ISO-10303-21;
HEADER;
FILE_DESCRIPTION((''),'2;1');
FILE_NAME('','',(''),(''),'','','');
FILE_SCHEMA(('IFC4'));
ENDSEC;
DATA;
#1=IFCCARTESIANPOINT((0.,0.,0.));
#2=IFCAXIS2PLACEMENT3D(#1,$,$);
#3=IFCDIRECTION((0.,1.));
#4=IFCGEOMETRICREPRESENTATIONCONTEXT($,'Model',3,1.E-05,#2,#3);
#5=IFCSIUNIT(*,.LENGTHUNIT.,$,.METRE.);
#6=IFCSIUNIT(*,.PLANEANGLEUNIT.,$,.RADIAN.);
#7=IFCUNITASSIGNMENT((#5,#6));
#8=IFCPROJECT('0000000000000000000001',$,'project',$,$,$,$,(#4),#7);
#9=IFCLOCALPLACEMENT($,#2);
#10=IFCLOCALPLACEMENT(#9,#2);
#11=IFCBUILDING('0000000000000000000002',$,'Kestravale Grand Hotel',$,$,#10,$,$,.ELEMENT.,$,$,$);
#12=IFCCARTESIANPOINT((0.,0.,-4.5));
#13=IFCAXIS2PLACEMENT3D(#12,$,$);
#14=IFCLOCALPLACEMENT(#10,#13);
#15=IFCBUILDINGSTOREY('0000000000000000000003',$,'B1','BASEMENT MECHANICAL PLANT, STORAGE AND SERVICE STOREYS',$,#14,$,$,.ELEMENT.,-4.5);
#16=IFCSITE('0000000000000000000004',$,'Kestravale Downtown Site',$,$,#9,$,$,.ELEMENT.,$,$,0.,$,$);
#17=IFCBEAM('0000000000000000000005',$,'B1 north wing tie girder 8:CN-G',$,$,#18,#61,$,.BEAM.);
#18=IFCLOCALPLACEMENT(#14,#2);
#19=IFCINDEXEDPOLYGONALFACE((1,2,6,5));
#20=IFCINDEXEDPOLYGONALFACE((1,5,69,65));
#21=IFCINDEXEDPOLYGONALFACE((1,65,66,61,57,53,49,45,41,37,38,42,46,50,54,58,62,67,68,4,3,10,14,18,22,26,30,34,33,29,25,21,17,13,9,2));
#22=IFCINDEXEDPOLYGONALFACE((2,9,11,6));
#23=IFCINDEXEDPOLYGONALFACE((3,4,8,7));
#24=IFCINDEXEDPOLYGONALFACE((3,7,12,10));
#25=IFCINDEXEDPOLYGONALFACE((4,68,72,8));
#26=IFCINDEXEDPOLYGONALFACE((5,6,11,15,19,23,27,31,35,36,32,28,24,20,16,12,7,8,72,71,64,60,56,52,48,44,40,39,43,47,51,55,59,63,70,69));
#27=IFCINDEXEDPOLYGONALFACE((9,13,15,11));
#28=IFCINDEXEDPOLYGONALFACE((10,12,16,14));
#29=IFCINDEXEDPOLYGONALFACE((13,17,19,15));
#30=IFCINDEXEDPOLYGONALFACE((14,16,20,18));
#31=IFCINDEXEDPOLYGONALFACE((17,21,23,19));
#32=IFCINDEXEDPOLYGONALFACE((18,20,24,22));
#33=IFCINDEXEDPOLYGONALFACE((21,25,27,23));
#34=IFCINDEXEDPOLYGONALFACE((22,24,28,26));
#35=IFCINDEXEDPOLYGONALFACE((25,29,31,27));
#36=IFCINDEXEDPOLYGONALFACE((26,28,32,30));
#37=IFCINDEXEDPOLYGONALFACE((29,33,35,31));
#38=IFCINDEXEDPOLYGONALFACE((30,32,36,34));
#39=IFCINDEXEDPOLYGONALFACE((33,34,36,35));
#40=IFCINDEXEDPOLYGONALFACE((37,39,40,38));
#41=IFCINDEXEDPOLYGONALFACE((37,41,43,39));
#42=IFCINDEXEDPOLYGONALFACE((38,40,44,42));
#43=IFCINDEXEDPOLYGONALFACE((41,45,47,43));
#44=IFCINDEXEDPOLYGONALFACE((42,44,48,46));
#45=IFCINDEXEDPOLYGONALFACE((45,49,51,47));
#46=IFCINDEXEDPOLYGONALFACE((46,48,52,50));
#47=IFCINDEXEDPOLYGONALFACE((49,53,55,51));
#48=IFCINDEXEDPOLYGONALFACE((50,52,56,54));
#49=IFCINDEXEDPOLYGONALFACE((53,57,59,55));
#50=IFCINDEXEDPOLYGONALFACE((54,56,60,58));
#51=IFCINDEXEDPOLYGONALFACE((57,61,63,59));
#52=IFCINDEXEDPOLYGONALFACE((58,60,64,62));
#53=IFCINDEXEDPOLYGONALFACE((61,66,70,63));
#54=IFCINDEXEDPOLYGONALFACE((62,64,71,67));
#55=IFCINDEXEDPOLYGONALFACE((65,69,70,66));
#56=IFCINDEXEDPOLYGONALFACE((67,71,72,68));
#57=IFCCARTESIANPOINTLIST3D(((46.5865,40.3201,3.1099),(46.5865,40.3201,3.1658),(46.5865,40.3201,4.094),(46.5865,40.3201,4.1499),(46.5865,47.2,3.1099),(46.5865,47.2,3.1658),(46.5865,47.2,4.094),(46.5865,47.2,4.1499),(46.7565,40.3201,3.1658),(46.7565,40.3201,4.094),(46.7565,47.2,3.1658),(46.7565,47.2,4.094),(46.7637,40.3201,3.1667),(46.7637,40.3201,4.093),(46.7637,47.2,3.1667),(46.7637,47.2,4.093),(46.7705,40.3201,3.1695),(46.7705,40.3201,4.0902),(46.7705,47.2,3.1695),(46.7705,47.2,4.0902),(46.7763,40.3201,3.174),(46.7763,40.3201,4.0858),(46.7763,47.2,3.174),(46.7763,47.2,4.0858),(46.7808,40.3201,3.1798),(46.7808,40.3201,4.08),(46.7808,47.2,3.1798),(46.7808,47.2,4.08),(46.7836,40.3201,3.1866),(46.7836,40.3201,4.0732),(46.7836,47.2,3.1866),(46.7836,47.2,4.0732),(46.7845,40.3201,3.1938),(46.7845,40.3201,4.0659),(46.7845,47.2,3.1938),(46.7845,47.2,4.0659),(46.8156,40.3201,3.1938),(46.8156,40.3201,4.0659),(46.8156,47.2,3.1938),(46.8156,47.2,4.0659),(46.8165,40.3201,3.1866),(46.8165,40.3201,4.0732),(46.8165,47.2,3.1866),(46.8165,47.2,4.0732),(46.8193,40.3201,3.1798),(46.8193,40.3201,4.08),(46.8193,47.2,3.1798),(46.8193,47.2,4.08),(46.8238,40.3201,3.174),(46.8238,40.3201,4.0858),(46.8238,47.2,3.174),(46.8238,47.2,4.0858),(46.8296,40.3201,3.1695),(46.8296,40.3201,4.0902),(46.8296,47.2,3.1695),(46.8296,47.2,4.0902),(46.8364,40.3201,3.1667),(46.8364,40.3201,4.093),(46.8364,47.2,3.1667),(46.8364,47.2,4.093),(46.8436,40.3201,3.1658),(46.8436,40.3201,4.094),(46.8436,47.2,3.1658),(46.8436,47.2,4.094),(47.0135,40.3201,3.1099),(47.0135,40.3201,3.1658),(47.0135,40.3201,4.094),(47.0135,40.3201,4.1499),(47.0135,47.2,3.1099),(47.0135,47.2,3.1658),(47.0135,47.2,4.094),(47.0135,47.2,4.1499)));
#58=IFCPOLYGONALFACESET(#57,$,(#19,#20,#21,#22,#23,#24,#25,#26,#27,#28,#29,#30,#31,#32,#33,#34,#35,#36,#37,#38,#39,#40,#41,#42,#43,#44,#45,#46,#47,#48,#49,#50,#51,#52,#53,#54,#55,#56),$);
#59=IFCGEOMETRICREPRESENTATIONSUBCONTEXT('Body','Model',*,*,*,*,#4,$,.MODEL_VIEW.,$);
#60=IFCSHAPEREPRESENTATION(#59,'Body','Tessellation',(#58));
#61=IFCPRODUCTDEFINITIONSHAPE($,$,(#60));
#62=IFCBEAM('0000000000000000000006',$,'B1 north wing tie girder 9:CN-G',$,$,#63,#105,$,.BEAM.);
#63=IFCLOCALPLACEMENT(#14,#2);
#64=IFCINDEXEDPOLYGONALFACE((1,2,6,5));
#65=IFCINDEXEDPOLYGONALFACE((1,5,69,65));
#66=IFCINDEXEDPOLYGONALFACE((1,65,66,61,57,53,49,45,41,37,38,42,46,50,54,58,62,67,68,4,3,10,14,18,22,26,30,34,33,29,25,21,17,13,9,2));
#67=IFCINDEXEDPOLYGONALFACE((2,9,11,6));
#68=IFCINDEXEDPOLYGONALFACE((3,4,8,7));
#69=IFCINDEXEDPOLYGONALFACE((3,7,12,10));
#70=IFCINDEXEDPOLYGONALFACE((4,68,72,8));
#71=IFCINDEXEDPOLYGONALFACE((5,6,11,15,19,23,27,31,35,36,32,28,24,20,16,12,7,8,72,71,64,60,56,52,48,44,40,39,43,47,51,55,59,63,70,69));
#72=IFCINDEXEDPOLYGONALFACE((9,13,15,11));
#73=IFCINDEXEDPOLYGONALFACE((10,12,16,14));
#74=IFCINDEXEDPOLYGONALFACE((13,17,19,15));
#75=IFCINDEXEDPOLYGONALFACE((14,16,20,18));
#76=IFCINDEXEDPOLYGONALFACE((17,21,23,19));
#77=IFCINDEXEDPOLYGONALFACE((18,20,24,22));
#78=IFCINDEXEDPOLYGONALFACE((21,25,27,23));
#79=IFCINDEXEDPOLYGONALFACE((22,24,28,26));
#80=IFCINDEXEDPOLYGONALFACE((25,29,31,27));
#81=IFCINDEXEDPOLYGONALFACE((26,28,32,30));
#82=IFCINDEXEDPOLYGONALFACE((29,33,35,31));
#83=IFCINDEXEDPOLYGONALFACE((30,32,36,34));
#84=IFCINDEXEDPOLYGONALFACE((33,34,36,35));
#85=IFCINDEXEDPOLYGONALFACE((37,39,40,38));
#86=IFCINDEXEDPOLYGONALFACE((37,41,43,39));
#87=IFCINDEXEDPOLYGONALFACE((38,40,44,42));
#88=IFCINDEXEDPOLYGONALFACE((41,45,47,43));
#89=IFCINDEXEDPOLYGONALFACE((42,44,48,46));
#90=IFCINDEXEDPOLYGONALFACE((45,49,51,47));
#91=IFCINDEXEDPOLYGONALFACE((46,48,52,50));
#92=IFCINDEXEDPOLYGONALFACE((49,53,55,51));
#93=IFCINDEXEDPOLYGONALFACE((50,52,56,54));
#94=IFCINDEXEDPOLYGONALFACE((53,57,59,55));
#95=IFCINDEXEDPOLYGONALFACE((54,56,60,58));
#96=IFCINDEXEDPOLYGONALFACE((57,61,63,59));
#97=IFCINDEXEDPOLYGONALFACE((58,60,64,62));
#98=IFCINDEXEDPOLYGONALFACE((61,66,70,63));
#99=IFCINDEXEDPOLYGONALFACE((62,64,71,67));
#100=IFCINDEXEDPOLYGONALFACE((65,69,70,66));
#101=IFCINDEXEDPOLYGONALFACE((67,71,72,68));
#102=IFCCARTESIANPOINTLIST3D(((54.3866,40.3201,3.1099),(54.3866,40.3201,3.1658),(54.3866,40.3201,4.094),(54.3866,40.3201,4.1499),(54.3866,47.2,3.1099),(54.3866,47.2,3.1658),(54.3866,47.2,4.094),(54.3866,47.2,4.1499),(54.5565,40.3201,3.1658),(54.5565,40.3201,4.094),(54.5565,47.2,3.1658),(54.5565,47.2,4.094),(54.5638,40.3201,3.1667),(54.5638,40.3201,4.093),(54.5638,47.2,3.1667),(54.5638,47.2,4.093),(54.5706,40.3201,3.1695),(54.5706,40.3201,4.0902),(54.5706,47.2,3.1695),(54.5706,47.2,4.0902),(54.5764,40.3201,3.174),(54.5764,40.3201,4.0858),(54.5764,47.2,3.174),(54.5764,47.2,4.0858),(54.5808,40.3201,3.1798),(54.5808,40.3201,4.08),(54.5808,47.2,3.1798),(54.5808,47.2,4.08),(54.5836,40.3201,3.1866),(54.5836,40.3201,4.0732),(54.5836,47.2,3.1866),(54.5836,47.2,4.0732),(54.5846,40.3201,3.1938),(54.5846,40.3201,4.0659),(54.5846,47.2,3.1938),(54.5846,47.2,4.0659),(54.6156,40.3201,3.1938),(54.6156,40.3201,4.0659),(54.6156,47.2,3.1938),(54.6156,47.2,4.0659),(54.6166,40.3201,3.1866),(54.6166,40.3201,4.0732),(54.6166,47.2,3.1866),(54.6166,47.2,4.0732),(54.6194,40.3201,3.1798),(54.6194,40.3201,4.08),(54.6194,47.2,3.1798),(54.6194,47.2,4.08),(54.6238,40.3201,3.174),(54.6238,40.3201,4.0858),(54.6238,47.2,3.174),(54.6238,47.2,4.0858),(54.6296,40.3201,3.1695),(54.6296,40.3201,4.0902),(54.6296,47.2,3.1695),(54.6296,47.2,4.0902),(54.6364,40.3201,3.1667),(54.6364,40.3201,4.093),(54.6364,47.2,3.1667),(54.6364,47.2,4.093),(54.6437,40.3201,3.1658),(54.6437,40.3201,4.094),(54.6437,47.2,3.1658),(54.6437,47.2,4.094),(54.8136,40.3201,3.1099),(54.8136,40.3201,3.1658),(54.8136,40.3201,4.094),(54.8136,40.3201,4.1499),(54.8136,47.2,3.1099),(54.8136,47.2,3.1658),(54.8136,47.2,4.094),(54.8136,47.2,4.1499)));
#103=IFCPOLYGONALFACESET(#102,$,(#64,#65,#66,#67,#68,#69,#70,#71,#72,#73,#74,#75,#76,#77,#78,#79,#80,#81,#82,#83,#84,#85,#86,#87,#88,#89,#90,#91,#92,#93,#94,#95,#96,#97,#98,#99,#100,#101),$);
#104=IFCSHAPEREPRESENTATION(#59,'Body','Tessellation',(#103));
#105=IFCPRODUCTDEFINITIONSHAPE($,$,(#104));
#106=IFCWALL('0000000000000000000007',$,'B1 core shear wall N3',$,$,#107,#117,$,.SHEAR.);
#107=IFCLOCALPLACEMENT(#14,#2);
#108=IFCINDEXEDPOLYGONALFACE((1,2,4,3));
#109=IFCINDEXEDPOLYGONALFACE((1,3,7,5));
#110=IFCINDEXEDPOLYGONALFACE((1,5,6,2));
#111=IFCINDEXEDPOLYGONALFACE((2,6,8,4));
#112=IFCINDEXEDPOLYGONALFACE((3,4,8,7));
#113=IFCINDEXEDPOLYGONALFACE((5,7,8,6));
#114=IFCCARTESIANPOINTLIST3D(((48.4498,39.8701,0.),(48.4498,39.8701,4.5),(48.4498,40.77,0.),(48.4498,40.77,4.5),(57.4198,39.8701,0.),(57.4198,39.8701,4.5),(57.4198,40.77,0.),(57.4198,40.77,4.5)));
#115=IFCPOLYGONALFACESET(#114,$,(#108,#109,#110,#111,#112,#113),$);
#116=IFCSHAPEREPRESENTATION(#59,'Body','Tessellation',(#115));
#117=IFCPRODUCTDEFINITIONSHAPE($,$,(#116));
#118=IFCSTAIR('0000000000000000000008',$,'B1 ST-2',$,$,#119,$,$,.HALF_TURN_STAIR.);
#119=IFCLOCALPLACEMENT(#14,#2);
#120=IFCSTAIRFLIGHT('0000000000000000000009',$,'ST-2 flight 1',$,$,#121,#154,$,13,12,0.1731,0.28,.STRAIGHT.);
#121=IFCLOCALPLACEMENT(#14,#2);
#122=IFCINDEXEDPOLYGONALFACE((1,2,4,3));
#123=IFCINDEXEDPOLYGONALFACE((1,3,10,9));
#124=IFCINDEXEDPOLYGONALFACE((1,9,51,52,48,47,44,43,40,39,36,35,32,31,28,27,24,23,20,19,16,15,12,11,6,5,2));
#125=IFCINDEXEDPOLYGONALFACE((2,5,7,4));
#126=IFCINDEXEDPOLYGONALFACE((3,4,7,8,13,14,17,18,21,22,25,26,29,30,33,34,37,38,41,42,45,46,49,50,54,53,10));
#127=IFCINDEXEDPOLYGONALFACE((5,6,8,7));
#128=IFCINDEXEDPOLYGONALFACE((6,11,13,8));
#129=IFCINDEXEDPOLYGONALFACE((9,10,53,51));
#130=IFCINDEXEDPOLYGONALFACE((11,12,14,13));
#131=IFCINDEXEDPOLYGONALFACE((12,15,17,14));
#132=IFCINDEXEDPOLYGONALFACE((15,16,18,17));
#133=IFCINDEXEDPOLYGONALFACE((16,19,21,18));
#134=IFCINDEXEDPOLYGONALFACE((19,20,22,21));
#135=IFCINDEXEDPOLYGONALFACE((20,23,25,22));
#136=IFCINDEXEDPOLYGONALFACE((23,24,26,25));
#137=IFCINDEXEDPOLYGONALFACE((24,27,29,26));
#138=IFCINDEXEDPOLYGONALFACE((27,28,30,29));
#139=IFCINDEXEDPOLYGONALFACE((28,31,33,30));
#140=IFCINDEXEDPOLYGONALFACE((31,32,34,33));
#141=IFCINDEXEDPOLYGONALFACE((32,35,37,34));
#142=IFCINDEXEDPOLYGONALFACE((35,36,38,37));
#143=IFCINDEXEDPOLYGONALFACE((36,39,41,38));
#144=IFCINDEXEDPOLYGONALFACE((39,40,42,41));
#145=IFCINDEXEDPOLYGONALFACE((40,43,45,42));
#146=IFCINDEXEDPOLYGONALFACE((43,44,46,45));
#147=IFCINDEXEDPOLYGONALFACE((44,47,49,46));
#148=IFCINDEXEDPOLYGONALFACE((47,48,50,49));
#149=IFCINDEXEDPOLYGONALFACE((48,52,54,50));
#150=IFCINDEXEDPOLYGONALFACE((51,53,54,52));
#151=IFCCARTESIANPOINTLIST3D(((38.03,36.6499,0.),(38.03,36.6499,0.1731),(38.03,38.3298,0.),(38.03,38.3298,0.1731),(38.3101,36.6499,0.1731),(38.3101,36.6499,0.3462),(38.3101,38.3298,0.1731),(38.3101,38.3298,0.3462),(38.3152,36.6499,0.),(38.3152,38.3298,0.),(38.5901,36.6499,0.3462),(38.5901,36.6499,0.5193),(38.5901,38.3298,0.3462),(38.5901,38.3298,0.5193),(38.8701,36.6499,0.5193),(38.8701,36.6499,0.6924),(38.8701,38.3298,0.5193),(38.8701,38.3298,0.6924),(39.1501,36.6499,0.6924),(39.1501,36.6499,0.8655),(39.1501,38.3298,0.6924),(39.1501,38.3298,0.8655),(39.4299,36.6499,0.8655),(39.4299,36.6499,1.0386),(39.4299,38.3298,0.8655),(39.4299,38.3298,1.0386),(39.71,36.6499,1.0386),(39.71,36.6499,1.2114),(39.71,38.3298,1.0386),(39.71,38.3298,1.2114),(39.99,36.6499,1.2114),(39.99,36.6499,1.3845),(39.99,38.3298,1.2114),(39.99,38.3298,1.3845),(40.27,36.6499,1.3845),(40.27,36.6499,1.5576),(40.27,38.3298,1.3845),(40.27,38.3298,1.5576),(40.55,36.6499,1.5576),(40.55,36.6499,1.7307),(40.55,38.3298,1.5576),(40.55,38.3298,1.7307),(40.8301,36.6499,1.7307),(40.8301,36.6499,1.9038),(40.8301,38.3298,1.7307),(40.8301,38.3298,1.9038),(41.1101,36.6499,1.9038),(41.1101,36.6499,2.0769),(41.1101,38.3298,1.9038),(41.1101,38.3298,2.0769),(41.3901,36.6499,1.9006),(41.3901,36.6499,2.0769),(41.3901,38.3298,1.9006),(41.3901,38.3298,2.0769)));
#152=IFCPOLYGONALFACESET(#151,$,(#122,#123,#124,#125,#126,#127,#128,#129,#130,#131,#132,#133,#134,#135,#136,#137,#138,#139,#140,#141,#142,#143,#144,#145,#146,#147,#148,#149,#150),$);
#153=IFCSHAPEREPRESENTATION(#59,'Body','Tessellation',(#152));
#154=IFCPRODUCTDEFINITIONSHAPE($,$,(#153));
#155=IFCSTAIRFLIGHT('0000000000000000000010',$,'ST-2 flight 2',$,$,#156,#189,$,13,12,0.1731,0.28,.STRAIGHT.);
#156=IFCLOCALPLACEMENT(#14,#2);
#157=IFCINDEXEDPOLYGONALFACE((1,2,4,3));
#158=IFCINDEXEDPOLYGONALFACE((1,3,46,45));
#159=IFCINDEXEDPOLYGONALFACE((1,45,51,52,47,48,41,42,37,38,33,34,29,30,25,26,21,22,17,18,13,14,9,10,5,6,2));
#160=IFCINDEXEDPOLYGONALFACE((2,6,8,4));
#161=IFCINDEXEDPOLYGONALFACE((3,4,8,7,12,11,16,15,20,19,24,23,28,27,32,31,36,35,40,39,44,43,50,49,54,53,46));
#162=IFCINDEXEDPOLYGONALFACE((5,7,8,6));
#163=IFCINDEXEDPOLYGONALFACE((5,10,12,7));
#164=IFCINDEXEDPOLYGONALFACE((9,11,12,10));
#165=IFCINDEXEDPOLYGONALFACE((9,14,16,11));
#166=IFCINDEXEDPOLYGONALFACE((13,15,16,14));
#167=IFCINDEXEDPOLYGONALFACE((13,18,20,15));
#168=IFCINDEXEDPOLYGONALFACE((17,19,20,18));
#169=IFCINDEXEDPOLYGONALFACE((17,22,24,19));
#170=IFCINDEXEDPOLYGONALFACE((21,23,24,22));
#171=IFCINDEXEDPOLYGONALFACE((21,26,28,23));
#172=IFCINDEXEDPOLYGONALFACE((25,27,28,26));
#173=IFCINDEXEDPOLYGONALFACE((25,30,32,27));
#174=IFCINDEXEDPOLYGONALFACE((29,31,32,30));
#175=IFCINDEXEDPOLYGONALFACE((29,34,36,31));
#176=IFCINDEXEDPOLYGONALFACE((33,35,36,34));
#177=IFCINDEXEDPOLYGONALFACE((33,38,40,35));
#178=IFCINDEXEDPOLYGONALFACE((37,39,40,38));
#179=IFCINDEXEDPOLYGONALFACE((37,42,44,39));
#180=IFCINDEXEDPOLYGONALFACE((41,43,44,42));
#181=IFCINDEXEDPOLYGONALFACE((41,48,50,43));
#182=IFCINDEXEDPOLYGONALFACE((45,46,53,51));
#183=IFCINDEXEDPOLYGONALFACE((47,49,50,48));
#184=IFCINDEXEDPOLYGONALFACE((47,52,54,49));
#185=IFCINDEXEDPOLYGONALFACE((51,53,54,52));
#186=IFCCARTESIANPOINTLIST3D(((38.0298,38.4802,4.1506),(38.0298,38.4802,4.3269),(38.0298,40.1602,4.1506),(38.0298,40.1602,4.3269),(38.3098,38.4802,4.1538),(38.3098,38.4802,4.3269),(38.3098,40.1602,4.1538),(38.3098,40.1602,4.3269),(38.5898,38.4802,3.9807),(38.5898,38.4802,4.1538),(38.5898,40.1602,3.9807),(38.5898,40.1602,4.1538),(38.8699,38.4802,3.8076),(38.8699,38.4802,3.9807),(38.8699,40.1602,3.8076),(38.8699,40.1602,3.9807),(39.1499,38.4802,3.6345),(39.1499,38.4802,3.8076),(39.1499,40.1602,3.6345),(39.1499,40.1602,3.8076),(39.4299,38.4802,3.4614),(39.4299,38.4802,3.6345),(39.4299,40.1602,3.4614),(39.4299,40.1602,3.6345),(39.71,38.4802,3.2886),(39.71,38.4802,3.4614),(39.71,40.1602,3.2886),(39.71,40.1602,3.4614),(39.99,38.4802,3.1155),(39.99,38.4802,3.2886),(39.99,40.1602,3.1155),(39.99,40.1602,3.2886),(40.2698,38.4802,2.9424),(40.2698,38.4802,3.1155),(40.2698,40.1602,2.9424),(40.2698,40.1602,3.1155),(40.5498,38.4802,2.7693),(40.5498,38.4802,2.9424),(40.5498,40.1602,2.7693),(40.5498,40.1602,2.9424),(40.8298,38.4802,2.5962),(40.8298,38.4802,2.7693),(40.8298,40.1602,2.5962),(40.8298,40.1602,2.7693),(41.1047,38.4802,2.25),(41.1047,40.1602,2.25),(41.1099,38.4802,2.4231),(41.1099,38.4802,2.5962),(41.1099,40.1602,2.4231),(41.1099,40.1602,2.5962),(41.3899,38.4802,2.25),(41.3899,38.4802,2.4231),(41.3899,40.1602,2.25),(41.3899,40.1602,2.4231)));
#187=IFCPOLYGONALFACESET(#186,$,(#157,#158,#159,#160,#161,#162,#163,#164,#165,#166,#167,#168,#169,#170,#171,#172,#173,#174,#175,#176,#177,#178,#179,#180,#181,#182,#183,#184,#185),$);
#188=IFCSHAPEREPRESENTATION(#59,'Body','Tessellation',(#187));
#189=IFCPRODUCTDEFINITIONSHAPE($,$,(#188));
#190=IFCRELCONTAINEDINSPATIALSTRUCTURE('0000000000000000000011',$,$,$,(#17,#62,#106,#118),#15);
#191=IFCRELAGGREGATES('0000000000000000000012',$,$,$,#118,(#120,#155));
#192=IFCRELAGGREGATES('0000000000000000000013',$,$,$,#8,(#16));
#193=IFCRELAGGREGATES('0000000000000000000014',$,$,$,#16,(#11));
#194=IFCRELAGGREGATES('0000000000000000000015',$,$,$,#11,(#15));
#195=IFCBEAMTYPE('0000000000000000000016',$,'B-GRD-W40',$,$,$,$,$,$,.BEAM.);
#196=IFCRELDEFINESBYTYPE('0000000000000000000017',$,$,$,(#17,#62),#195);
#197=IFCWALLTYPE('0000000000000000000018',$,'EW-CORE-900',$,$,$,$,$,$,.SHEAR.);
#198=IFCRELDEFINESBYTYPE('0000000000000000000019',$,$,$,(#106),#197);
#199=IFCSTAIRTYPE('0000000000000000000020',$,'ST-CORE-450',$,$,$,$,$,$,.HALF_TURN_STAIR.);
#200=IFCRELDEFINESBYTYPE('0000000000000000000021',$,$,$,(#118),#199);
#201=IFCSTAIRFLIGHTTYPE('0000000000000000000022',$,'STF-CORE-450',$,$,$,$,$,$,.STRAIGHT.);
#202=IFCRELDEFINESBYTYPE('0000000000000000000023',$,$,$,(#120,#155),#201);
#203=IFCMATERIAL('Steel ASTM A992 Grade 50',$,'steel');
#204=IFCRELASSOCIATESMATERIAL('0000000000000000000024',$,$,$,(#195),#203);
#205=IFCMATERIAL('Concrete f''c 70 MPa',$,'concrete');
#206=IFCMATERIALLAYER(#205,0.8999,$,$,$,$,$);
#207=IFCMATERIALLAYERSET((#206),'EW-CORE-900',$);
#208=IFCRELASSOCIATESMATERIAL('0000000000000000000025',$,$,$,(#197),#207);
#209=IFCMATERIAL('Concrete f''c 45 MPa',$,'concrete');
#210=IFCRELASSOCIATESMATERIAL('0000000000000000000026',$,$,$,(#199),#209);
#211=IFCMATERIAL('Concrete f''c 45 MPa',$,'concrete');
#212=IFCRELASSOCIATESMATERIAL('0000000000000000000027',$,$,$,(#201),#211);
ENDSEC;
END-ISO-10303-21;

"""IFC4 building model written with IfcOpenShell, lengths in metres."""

from ifc_helpers import new_model, si_unit, direction, frame, frame_2d, origin, origin_2d, place, context, subcontext, project, spatial, polyline, rectangle, i_section, outline, extrude, material, layer, layer_set, material_profile, profile_set, type_object, element, aggregate, save


model = new_model("IFC4")

# Units and contexts
model_context = context("Model", 3, precision=1e-05, world=origin(), true_north=direction((0.0, 1.0)))
body_context = subcontext(model_context, "Body", "Model", "MODEL_VIEW")
ifc_project = project(units=[si_unit("LENGTHUNIT", "METRE"), si_unit("PLANEANGLEUNIT", "RADIAN")], contexts=[model_context])

# Site, building, storey
site_placement = place(None, origin())
site = spatial("IfcSite", under=ifc_project, at=site_placement, Name="Kestravale Downtown Site", CompositionType="ELEMENT", RefElevation=0.0)
building_placement = place(site_placement, origin())
building = spatial("IfcBuilding", under=site, at=building_placement, Name="Kestravale Grand Hotel", CompositionType="ELEMENT")
storey_placement = place(building_placement, frame((0.0, 0.0, -4.5)))
storey = spatial("IfcBuildingStorey", under=building, at=storey_placement, Name="B1", Description="BASEMENT MECHANICAL PLANT, STORAGE AND SERVICE STOREYS", CompositionType="ELEMENT", Elevation=-4.5)

# Beams
ifc_material_1 = material(Name="Steel ASTM A992 Grade 50", Category="steel")
ifc_material_profile_1 = material_profile(ifc_material_1, i_section(OverallWidth=0.427, OverallDepth=1.04, WebThickness=0.031, FlangeThickness=0.0559, FilletRadius=0.0281, at=origin_2d()))
ifc_profile_set_1 = profile_set([ifc_material_profile_1], Name="Steel ASTM A992 Grade 50")
beam_type = type_object("IfcBeamType", Name="B-GRD-W40", PredefinedType="BEAM", material=ifc_profile_set_1)
for number, where, z_axis, x_axis, name in (
    (1, (46.8, 40.3201, 3.6299), (0.0, 1.0, 0.0), (-1.0, 0.0, 0.0), "B1 north wing tie girder 8:CN-G"),
    (2, (54.6001, 40.3201, 3.6299), (0.0, 1.0, 0.0), (-1.0, 0.0, 0.0), "B1 north wing tie girder 9:CN-G"),
):
    element("IfcBeam", number, at=place(storey_placement, frame(where, z_axis=z_axis, x_axis=x_axis)), inside=storey, type_object=beam_type, Name=name, PredefinedType="BEAM", context=body_context, shape_type="SweptSolid", body=[
        extrude(i_section(OverallWidth=0.427, OverallDepth=1.04, WebThickness=0.031, FlangeThickness=0.0559, FilletRadius=0.0281, at=origin_2d()), origin(), (0.0, 0.0, 1.0), 6.8799),
    ])

# Wall
ifc_material_2 = material(Name="Concrete f'c 70 MPa", Category="concrete")
ifc_layer = layer(ifc_material_2, 0.8999)
ifc_layer_set = layer_set([ifc_layer], Name="EW-CORE-900")
wall_type = type_object("IfcWallType", Name="EW-CORE-900", PredefinedType="SHEAR", material=ifc_layer_set)
wall_placement = place(storey_placement, frame((48.45, 40.3201, 0.0), z_axis=(0.0, 0.0, 1.0), x_axis=(1.0, 0.0, 0.0)))
element("IfcWall", 3, at=wall_placement, inside=storey, type_object=wall_type, Name="B1 core shear wall N3", PredefinedType="SHEAR", context=body_context, shape_type="SweptSolid", body=[
    extrude(rectangle(XDim=8.97, YDim=0.8999, at=frame_2d((4.4849, 0.0))), origin(), (0.0, 0.0, 1.0), 4.5),
])

# Stair, stair flights
ifc_material_3 = material(Name="Concrete f'c 45 MPa", Category="concrete")
stair_type = type_object("IfcStairType", Name="ST-CORE-450", PredefinedType="HALF_TURN_STAIR", material=ifc_material_3)
stair_1_placement = place(storey_placement, origin())
stair_1 = element("IfcStair", 4, at=stair_1_placement, inside=storey, type_object=stair_type, Name="B1 ST-2", PredefinedType="HALF_TURN_STAIR")
ifc_material_4 = material(Name="Concrete f'c 45 MPa", Category="concrete")
stair_flight_type = type_object("IfcStairFlightType", Name="STF-CORE-450", PredefinedType="STRAIGHT", material=ifc_material_4)
stair_flight_1_placement = place(storey_placement, frame((38.03, 37.49, 0.0), z_axis=(0.0, 0.0, 1.0), x_axis=(1.0, 0.0, 0.0)))
stair_flight_1 = element("IfcStairFlight", 5, at=stair_flight_1_placement, type_object=stair_flight_type, Name="ST-2 flight 1", NumberOfRisers=13, NumberOfTreads=12, PredefinedType="STRAIGHT", RiserHeight=0.1731, TreadLength=0.28, context=body_context, shape_type="SweptSolid", body=[
    extrude(outline(polyline([(0.0, 0.0), (0.0, 0.1731), (0.28, 0.1731), (0.28, 0.3462), (0.5601, 0.3462), (0.5601, 0.5193), (0.8401, 0.5193), (0.8401, 0.6924), (1.1201, 0.6924), (1.1201, 0.8655), (1.3999, 0.8655), (1.3999, 1.0386), (1.6799, 1.0386), (1.6799, 1.2114), (1.96, 1.2114), (1.96, 1.3845), (2.24, 1.3845), (2.24, 1.5576), (2.52, 1.5576), (2.52, 1.7307), (2.8, 1.7307), (2.8, 1.9038), (3.0801, 1.9038), (3.0801, 2.0769), (3.3601, 2.0769), (3.3601, 2.25), (3.3601, 1.9006), (0.2852, 0.0), (0.0, 0.0)])), frame((0.0, 0.8398, 0.0), z_axis=(0.0, -1.0, 0.0), x_axis=(1.0, 0.0, 0.0)), (0.0, 0.0, 1.0), 1.6799),
])
stair_flight_2_placement = place(storey_placement, frame((41.3899, 39.3201, 2.25), z_axis=(0.0, 0.0, 1.0), x_axis=(-1.0, 0.0, 0.0)))
stair_flight_2 = element("IfcStairFlight", 6, at=stair_flight_2_placement, type_object=stair_flight_type, Name="ST-2 flight 2", NumberOfRisers=13, NumberOfTreads=12, PredefinedType="STRAIGHT", RiserHeight=0.1731, TreadLength=0.28, context=body_context, shape_type="SweptSolid", body=[
    extrude(outline(polyline([(0.0, 0.0), (0.0, 0.1731), (0.28, 0.1731), (0.28, 0.3462), (0.5601, 0.3462), (0.5601, 0.5193), (0.8401, 0.5193), (0.8401, 0.6924), (1.1201, 0.6924), (1.1201, 0.8655), (1.3999, 0.8655), (1.3999, 1.0386), (1.6799, 1.0386), (1.6799, 1.2114), (1.96, 1.2114), (1.96, 1.3845), (2.24, 1.3845), (2.24, 1.5576), (2.52, 1.5576), (2.52, 1.7307), (2.8, 1.7307), (2.8, 1.9038), (3.0801, 1.9038), (3.0801, 2.0769), (3.3601, 2.0769), (3.3601, 2.25), (3.3601, 1.9006), (0.2852, 0.0), (0.0, 0.0)])), frame((0.0, 0.8398, 0.0), z_axis=(0.0, -1.0, 0.0), x_axis=(1.0, 0.0, 0.0)), (0.0, 0.0, 1.0), 1.6799),
])
aggregate(stair_1, [stair_flight_1, stair_flight_2])

save(model, "model.ifc")
